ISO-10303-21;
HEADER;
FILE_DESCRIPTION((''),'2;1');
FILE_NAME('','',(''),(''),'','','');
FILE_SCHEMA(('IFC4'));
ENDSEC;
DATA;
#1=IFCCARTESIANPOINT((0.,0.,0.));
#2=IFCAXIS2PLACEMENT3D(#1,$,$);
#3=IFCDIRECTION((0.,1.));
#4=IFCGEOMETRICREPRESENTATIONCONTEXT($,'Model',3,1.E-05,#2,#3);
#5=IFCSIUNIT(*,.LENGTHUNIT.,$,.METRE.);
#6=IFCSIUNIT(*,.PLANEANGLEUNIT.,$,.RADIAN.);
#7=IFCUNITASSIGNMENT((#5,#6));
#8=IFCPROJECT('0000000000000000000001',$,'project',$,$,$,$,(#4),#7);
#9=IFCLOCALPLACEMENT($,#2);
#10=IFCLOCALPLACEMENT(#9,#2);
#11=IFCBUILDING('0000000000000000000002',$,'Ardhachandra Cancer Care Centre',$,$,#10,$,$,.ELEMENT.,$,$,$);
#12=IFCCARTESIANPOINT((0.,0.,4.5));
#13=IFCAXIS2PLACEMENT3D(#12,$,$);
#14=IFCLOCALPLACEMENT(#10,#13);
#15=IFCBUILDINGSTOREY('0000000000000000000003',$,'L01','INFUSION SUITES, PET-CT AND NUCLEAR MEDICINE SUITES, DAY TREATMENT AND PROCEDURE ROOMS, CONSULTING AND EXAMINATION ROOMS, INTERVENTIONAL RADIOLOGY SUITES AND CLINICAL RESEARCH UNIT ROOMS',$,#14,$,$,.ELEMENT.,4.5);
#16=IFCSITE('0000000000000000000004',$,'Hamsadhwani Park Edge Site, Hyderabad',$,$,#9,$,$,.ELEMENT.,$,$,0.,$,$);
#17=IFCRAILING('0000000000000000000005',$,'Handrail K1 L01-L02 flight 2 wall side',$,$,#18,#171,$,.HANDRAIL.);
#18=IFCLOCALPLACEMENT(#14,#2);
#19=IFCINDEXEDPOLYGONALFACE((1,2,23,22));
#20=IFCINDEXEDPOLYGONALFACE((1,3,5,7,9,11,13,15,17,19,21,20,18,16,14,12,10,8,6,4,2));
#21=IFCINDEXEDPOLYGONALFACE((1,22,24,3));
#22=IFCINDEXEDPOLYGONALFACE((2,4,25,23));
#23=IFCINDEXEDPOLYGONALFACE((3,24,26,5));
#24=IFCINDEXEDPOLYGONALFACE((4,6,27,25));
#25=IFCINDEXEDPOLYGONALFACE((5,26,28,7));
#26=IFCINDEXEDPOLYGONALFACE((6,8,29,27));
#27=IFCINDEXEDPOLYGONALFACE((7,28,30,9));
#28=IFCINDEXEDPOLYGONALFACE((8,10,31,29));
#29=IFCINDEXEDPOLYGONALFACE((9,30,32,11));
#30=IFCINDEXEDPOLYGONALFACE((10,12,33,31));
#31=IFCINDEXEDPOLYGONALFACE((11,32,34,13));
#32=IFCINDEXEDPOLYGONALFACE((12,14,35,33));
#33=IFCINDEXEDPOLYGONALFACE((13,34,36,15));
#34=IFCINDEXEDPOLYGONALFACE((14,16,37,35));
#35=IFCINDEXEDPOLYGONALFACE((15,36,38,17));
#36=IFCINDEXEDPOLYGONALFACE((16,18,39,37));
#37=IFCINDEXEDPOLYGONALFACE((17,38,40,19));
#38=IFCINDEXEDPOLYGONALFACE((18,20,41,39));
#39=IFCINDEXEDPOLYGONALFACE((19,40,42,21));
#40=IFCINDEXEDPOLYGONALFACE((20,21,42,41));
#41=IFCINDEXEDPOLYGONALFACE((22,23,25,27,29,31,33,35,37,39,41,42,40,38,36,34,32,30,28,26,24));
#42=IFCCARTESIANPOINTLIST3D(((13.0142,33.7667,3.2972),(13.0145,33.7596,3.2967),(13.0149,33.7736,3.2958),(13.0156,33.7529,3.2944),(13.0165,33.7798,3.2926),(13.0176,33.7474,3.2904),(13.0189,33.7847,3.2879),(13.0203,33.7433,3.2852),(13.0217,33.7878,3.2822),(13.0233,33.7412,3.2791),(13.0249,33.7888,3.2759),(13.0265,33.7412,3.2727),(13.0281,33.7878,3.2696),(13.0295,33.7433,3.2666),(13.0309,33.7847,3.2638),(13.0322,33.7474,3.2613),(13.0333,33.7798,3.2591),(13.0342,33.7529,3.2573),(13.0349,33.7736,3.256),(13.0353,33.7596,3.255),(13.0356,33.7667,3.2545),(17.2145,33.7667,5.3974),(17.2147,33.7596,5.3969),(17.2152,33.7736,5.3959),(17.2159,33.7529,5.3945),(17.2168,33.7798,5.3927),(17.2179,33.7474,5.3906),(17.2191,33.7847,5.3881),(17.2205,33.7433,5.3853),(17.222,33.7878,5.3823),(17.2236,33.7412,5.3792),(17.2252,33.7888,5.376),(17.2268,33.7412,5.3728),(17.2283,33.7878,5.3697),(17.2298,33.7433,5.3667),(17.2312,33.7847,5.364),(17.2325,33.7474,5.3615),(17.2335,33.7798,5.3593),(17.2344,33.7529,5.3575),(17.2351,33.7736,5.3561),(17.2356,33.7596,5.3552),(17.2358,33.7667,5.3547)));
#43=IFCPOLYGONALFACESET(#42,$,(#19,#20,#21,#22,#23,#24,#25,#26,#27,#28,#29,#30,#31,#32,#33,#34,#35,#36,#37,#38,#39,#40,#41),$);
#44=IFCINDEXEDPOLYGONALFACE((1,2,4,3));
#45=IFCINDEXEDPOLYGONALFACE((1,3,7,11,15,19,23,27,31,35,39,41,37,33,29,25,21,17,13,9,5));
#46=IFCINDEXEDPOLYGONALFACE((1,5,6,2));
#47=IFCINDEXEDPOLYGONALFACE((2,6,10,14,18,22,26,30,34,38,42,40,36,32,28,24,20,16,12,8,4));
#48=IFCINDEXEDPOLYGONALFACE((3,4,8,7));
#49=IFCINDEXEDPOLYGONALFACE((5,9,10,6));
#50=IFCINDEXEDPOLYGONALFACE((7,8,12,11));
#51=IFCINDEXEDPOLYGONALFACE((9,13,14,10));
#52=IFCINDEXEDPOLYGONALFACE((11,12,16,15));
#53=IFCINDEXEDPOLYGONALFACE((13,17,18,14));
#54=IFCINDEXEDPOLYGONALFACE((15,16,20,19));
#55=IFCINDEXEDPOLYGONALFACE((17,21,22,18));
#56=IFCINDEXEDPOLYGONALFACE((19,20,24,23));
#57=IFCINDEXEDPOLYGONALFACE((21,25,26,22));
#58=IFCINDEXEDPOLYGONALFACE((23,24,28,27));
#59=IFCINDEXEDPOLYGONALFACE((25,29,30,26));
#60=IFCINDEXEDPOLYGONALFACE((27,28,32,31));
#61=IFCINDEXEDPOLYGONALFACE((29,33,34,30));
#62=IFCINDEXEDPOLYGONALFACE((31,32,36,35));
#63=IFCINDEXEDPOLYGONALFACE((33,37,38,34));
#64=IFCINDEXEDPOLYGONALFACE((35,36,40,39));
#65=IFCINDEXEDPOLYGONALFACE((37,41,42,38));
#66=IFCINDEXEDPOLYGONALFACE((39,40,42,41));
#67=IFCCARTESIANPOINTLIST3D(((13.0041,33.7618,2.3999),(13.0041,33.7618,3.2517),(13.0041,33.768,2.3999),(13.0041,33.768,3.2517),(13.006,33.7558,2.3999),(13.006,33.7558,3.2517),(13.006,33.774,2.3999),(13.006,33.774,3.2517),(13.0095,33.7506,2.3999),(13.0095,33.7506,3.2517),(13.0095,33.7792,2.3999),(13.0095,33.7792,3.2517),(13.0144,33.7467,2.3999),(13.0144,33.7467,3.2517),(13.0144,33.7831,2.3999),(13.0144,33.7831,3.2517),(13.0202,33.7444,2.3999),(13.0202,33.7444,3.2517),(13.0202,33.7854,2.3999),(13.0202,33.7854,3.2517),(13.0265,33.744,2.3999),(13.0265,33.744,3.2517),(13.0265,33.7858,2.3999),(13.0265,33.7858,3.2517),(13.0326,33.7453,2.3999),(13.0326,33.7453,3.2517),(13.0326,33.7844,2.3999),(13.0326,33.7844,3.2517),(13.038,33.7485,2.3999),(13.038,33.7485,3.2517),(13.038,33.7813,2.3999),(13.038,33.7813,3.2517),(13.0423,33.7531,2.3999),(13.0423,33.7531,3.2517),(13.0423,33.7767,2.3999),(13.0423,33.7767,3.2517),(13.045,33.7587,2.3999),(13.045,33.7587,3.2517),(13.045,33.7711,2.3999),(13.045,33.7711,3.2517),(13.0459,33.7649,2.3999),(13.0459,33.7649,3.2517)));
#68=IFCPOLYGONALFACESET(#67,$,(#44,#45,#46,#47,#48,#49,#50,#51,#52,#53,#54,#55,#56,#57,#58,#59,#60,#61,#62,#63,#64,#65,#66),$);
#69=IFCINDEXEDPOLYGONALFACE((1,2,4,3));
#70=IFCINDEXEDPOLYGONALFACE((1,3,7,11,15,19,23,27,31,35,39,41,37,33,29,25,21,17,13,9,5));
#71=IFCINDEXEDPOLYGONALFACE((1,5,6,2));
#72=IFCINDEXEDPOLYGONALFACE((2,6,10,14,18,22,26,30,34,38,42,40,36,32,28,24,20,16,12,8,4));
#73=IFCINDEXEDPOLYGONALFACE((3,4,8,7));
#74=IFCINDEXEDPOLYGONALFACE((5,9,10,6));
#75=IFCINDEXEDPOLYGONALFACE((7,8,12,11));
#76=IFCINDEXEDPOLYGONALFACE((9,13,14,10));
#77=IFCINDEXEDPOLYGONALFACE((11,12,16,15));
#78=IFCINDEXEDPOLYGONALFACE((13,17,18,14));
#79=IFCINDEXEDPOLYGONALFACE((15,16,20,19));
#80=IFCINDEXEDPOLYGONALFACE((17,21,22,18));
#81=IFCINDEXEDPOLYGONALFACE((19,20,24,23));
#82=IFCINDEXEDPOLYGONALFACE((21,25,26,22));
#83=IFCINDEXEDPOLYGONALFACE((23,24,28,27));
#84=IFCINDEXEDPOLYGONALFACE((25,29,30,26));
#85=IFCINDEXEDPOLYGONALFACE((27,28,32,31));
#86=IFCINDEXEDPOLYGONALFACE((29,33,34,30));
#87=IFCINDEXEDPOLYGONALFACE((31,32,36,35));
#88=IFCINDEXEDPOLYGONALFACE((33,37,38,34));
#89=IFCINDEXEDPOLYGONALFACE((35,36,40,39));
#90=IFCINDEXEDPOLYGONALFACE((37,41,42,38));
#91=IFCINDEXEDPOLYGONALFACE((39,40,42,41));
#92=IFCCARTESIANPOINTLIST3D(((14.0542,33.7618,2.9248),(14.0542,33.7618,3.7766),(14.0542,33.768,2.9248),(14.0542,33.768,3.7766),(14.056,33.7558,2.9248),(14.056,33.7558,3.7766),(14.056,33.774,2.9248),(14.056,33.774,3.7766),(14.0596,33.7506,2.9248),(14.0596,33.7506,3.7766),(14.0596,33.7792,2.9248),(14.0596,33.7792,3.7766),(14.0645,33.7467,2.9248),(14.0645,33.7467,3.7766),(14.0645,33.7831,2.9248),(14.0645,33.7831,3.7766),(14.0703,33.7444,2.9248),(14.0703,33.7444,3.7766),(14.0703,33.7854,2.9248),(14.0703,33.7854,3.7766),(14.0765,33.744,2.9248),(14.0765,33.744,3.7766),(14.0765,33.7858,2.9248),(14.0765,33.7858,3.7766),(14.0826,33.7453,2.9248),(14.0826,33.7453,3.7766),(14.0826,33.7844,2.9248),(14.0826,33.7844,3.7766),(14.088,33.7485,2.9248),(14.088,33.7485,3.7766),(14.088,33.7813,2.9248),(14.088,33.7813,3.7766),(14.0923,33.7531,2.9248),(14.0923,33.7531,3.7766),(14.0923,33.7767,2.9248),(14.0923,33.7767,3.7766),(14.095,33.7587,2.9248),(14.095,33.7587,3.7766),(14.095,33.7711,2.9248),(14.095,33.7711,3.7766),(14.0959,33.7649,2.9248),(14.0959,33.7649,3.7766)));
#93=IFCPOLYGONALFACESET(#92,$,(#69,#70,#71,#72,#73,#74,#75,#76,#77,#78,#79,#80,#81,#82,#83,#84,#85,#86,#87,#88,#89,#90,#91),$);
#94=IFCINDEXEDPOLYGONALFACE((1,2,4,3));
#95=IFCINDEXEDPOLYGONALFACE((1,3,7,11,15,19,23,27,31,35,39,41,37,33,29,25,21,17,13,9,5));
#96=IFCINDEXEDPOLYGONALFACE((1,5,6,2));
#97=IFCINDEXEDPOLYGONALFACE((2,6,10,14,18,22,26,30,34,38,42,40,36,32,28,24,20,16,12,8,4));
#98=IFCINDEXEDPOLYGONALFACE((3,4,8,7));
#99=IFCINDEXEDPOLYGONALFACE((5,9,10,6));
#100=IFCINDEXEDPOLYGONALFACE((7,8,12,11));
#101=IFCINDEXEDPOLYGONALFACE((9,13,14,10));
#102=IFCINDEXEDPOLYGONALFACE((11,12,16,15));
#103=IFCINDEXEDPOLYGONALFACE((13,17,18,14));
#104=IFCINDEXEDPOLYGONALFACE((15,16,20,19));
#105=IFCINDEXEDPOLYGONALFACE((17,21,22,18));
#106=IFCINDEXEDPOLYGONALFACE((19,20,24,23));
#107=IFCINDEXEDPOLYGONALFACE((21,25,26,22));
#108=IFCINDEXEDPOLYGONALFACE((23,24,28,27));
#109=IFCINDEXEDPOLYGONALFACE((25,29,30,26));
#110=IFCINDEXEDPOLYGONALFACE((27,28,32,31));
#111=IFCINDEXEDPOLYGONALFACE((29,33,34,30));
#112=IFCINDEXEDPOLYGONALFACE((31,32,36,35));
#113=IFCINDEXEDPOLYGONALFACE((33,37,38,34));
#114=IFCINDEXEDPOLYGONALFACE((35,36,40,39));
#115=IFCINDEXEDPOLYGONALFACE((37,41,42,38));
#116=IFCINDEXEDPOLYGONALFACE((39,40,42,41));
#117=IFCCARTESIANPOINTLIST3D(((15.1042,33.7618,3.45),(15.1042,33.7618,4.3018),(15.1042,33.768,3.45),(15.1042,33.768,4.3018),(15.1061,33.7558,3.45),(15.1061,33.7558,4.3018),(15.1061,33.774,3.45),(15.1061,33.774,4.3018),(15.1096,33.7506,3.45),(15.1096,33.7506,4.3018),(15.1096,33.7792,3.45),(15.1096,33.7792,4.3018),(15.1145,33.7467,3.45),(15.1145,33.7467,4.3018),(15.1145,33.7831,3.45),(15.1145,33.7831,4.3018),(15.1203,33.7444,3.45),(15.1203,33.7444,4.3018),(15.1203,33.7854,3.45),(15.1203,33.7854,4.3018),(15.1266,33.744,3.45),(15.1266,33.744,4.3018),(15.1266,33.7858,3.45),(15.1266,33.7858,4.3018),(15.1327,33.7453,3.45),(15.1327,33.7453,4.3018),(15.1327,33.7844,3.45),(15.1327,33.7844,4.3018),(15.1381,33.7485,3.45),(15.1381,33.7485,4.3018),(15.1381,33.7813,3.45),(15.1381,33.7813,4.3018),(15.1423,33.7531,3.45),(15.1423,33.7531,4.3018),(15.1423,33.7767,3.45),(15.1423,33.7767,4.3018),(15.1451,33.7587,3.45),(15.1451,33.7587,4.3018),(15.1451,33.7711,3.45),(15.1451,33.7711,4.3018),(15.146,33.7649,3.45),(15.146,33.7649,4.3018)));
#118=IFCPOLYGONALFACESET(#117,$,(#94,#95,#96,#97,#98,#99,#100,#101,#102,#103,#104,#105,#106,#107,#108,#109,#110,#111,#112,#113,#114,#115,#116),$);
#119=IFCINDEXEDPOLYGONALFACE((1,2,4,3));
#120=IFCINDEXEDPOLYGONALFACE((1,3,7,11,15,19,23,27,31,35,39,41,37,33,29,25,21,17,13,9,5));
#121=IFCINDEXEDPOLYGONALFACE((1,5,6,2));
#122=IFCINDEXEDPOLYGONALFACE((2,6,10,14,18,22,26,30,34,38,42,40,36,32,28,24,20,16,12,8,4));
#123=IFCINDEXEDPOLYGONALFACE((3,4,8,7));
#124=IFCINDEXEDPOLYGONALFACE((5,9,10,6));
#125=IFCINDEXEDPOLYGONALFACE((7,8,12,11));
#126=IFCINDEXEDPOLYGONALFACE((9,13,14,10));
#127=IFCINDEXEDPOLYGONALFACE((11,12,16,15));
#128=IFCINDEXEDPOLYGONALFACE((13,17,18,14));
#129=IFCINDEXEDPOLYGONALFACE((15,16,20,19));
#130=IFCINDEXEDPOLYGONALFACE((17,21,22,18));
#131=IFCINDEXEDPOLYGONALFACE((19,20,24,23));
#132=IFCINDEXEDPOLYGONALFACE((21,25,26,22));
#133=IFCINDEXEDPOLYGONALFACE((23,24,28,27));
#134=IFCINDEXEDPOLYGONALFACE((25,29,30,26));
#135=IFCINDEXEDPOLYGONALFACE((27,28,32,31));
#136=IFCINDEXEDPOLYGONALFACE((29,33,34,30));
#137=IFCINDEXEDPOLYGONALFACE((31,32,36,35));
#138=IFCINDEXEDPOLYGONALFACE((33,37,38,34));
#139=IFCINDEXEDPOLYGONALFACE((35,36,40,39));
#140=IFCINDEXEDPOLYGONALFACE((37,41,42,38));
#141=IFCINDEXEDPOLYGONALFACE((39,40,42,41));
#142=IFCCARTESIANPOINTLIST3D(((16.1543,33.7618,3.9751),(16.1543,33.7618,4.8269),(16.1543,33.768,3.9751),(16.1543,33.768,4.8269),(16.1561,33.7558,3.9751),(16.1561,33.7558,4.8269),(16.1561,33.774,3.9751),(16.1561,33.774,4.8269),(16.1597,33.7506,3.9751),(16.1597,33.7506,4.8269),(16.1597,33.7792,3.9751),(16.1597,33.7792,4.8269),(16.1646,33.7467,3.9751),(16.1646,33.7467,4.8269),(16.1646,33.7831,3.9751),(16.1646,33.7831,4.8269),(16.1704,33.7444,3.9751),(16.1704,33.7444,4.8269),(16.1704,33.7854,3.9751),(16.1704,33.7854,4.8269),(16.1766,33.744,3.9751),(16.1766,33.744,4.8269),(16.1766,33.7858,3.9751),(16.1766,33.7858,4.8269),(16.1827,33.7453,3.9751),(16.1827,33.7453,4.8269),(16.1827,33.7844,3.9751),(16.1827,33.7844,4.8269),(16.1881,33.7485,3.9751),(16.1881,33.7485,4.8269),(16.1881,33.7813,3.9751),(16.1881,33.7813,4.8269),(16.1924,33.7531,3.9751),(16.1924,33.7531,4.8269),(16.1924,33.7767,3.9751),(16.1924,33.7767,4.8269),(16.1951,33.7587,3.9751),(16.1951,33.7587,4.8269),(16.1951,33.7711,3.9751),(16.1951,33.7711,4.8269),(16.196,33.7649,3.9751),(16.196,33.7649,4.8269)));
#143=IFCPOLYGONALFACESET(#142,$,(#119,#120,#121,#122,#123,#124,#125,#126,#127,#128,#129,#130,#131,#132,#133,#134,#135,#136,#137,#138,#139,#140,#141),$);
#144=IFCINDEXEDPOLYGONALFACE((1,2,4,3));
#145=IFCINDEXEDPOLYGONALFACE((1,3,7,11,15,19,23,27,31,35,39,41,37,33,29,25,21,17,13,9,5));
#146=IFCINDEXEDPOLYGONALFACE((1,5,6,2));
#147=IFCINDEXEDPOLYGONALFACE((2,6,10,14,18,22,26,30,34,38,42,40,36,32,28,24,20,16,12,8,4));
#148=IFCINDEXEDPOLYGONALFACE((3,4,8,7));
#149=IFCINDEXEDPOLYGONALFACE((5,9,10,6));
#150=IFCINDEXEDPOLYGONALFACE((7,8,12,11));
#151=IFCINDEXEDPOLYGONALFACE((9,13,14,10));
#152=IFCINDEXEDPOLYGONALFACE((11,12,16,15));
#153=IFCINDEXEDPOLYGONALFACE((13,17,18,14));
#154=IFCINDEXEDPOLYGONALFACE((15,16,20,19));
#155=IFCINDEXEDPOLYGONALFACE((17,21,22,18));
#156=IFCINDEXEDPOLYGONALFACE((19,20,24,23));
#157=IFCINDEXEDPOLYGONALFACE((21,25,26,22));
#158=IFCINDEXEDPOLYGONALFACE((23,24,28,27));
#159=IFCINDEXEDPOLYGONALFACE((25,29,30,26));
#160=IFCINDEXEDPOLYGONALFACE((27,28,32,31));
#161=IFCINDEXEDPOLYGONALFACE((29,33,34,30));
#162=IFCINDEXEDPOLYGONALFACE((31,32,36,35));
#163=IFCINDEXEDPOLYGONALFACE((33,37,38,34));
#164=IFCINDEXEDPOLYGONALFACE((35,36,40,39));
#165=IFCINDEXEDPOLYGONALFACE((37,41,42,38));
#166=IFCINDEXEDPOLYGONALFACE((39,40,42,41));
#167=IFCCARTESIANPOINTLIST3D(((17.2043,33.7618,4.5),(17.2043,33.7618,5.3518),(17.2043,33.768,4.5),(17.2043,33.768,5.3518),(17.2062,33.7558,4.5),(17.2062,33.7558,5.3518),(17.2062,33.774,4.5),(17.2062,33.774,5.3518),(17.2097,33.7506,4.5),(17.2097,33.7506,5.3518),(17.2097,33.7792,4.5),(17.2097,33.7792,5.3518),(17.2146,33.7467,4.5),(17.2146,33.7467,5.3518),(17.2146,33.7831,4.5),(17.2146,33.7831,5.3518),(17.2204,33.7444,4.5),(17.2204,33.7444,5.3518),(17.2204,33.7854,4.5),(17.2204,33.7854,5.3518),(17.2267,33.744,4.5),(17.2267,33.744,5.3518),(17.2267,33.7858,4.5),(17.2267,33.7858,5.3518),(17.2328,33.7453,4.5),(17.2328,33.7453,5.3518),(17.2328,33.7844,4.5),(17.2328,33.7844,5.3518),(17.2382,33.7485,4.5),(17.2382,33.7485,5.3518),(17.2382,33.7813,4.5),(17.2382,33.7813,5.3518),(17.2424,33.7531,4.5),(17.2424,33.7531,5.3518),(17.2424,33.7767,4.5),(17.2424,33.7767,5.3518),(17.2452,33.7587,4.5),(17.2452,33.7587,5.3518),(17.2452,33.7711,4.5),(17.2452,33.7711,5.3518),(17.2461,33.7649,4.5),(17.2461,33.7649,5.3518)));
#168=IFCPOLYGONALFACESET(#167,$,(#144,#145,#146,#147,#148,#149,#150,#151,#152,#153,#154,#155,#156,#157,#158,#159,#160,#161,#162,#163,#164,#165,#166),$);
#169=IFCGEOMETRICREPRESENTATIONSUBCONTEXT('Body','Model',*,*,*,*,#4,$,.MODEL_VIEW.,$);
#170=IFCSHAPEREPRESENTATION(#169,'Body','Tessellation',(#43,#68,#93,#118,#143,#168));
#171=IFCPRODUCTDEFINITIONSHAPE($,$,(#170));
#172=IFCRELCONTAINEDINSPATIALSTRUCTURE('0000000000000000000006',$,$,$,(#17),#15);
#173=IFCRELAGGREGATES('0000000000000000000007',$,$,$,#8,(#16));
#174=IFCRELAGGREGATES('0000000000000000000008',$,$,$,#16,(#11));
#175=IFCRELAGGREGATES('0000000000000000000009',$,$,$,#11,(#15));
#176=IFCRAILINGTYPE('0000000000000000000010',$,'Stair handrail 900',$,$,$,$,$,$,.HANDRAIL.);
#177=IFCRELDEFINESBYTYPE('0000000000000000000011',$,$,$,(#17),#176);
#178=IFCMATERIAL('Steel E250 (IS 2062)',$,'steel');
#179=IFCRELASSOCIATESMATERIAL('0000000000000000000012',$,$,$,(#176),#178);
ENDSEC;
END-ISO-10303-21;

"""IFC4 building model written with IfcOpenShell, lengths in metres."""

from ifc_helpers import new_model, si_unit, direction, frame, origin, origin_2d, place, context, subcontext, project, spatial, circle, extrude, material, type_object, element, save


model = new_model("IFC4")

# Units and contexts
model_context = context("Model", 3, precision=1e-05, world=origin(), true_north=direction((0.0, 1.0)))
body_context = subcontext(model_context, "Body", "Model", "MODEL_VIEW")
ifc_project = project(units=[si_unit("LENGTHUNIT", "METRE"), si_unit("PLANEANGLEUNIT", "RADIAN")], contexts=[model_context])

# Site, building, storey
site_placement = place(None, origin())
site = spatial("IfcSite", under=ifc_project, at=site_placement, Name="Hamsadhwani Park Edge Site, Hyderabad", CompositionType="ELEMENT", RefElevation=0.0)
building_placement = place(site_placement, origin())
building = spatial("IfcBuilding", under=site, at=building_placement, Name="Ardhachandra Cancer Care Centre", CompositionType="ELEMENT")
storey_placement = place(building_placement, frame((0.0, 0.0, 4.5)))
storey = spatial("IfcBuildingStorey", under=building, at=storey_placement, Name="L01", Description="INFUSION SUITES, PET-CT AND NUCLEAR MEDICINE SUITES, DAY TREATMENT AND PROCEDURE ROOMS, CONSULTING AND EXAMINATION ROOMS, INTERVENTIONAL RADIOLOGY SUITES AND CLINICAL RESEARCH UNIT ROOMS", CompositionType="ELEMENT", Elevation=4.5)

# Railing
ifc_material_1 = material(Name="Steel E250 (IS 2062)", Category="steel")
railing_type_1 = type_object("IfcRailingType", Name="Stair handrail 900", PredefinedType="HANDRAIL", material=ifc_material_1)
for number, where, name in (
    (1, (13.0249, 33.7649, 2.3999), "Handrail K1 L01-L02 flight 2 wall side"),
):
    element("IfcRailing", number, at=place(storey_placement, frame(where)), inside=storey, type_object=railing_type_1, Name=name, PredefinedType="HANDRAIL", context=body_context, shape_type="SweptSolid", body=[
        extrude(circle(Radius=0.0239, at=origin_2d()), frame((0.0, 0.0, 0.876), z_axis=(0.894427, 0.0, 0.447214), x_axis=(0.0, 1.0, 0.0)), (0.0, 0.0, 1.0), 4.696),
        extrude(circle(Radius=0.021, at=origin_2d()), origin(), (0.0, 0.0, 1.0), 0.8518),
        extrude(circle(Radius=0.021, at=origin_2d()), frame((1.05, 0.0, 0.5249)), (0.0, 0.0, 1.0), 0.8518),
        extrude(circle(Radius=0.021, at=origin_2d()), frame((2.1001, 0.0, 1.05)), (0.0, 0.0, 1.0), 0.8518),
        extrude(circle(Radius=0.021, at=origin_2d()), frame((3.1501, 0.0, 1.5752)), (0.0, 0.0, 1.0), 0.8518),
        extrude(circle(Radius=0.021, at=origin_2d()), frame((4.2002, 0.0, 2.1001)), (0.0, 0.0, 1.0), 0.8518),
    ])

save(model, "model.ifc")
